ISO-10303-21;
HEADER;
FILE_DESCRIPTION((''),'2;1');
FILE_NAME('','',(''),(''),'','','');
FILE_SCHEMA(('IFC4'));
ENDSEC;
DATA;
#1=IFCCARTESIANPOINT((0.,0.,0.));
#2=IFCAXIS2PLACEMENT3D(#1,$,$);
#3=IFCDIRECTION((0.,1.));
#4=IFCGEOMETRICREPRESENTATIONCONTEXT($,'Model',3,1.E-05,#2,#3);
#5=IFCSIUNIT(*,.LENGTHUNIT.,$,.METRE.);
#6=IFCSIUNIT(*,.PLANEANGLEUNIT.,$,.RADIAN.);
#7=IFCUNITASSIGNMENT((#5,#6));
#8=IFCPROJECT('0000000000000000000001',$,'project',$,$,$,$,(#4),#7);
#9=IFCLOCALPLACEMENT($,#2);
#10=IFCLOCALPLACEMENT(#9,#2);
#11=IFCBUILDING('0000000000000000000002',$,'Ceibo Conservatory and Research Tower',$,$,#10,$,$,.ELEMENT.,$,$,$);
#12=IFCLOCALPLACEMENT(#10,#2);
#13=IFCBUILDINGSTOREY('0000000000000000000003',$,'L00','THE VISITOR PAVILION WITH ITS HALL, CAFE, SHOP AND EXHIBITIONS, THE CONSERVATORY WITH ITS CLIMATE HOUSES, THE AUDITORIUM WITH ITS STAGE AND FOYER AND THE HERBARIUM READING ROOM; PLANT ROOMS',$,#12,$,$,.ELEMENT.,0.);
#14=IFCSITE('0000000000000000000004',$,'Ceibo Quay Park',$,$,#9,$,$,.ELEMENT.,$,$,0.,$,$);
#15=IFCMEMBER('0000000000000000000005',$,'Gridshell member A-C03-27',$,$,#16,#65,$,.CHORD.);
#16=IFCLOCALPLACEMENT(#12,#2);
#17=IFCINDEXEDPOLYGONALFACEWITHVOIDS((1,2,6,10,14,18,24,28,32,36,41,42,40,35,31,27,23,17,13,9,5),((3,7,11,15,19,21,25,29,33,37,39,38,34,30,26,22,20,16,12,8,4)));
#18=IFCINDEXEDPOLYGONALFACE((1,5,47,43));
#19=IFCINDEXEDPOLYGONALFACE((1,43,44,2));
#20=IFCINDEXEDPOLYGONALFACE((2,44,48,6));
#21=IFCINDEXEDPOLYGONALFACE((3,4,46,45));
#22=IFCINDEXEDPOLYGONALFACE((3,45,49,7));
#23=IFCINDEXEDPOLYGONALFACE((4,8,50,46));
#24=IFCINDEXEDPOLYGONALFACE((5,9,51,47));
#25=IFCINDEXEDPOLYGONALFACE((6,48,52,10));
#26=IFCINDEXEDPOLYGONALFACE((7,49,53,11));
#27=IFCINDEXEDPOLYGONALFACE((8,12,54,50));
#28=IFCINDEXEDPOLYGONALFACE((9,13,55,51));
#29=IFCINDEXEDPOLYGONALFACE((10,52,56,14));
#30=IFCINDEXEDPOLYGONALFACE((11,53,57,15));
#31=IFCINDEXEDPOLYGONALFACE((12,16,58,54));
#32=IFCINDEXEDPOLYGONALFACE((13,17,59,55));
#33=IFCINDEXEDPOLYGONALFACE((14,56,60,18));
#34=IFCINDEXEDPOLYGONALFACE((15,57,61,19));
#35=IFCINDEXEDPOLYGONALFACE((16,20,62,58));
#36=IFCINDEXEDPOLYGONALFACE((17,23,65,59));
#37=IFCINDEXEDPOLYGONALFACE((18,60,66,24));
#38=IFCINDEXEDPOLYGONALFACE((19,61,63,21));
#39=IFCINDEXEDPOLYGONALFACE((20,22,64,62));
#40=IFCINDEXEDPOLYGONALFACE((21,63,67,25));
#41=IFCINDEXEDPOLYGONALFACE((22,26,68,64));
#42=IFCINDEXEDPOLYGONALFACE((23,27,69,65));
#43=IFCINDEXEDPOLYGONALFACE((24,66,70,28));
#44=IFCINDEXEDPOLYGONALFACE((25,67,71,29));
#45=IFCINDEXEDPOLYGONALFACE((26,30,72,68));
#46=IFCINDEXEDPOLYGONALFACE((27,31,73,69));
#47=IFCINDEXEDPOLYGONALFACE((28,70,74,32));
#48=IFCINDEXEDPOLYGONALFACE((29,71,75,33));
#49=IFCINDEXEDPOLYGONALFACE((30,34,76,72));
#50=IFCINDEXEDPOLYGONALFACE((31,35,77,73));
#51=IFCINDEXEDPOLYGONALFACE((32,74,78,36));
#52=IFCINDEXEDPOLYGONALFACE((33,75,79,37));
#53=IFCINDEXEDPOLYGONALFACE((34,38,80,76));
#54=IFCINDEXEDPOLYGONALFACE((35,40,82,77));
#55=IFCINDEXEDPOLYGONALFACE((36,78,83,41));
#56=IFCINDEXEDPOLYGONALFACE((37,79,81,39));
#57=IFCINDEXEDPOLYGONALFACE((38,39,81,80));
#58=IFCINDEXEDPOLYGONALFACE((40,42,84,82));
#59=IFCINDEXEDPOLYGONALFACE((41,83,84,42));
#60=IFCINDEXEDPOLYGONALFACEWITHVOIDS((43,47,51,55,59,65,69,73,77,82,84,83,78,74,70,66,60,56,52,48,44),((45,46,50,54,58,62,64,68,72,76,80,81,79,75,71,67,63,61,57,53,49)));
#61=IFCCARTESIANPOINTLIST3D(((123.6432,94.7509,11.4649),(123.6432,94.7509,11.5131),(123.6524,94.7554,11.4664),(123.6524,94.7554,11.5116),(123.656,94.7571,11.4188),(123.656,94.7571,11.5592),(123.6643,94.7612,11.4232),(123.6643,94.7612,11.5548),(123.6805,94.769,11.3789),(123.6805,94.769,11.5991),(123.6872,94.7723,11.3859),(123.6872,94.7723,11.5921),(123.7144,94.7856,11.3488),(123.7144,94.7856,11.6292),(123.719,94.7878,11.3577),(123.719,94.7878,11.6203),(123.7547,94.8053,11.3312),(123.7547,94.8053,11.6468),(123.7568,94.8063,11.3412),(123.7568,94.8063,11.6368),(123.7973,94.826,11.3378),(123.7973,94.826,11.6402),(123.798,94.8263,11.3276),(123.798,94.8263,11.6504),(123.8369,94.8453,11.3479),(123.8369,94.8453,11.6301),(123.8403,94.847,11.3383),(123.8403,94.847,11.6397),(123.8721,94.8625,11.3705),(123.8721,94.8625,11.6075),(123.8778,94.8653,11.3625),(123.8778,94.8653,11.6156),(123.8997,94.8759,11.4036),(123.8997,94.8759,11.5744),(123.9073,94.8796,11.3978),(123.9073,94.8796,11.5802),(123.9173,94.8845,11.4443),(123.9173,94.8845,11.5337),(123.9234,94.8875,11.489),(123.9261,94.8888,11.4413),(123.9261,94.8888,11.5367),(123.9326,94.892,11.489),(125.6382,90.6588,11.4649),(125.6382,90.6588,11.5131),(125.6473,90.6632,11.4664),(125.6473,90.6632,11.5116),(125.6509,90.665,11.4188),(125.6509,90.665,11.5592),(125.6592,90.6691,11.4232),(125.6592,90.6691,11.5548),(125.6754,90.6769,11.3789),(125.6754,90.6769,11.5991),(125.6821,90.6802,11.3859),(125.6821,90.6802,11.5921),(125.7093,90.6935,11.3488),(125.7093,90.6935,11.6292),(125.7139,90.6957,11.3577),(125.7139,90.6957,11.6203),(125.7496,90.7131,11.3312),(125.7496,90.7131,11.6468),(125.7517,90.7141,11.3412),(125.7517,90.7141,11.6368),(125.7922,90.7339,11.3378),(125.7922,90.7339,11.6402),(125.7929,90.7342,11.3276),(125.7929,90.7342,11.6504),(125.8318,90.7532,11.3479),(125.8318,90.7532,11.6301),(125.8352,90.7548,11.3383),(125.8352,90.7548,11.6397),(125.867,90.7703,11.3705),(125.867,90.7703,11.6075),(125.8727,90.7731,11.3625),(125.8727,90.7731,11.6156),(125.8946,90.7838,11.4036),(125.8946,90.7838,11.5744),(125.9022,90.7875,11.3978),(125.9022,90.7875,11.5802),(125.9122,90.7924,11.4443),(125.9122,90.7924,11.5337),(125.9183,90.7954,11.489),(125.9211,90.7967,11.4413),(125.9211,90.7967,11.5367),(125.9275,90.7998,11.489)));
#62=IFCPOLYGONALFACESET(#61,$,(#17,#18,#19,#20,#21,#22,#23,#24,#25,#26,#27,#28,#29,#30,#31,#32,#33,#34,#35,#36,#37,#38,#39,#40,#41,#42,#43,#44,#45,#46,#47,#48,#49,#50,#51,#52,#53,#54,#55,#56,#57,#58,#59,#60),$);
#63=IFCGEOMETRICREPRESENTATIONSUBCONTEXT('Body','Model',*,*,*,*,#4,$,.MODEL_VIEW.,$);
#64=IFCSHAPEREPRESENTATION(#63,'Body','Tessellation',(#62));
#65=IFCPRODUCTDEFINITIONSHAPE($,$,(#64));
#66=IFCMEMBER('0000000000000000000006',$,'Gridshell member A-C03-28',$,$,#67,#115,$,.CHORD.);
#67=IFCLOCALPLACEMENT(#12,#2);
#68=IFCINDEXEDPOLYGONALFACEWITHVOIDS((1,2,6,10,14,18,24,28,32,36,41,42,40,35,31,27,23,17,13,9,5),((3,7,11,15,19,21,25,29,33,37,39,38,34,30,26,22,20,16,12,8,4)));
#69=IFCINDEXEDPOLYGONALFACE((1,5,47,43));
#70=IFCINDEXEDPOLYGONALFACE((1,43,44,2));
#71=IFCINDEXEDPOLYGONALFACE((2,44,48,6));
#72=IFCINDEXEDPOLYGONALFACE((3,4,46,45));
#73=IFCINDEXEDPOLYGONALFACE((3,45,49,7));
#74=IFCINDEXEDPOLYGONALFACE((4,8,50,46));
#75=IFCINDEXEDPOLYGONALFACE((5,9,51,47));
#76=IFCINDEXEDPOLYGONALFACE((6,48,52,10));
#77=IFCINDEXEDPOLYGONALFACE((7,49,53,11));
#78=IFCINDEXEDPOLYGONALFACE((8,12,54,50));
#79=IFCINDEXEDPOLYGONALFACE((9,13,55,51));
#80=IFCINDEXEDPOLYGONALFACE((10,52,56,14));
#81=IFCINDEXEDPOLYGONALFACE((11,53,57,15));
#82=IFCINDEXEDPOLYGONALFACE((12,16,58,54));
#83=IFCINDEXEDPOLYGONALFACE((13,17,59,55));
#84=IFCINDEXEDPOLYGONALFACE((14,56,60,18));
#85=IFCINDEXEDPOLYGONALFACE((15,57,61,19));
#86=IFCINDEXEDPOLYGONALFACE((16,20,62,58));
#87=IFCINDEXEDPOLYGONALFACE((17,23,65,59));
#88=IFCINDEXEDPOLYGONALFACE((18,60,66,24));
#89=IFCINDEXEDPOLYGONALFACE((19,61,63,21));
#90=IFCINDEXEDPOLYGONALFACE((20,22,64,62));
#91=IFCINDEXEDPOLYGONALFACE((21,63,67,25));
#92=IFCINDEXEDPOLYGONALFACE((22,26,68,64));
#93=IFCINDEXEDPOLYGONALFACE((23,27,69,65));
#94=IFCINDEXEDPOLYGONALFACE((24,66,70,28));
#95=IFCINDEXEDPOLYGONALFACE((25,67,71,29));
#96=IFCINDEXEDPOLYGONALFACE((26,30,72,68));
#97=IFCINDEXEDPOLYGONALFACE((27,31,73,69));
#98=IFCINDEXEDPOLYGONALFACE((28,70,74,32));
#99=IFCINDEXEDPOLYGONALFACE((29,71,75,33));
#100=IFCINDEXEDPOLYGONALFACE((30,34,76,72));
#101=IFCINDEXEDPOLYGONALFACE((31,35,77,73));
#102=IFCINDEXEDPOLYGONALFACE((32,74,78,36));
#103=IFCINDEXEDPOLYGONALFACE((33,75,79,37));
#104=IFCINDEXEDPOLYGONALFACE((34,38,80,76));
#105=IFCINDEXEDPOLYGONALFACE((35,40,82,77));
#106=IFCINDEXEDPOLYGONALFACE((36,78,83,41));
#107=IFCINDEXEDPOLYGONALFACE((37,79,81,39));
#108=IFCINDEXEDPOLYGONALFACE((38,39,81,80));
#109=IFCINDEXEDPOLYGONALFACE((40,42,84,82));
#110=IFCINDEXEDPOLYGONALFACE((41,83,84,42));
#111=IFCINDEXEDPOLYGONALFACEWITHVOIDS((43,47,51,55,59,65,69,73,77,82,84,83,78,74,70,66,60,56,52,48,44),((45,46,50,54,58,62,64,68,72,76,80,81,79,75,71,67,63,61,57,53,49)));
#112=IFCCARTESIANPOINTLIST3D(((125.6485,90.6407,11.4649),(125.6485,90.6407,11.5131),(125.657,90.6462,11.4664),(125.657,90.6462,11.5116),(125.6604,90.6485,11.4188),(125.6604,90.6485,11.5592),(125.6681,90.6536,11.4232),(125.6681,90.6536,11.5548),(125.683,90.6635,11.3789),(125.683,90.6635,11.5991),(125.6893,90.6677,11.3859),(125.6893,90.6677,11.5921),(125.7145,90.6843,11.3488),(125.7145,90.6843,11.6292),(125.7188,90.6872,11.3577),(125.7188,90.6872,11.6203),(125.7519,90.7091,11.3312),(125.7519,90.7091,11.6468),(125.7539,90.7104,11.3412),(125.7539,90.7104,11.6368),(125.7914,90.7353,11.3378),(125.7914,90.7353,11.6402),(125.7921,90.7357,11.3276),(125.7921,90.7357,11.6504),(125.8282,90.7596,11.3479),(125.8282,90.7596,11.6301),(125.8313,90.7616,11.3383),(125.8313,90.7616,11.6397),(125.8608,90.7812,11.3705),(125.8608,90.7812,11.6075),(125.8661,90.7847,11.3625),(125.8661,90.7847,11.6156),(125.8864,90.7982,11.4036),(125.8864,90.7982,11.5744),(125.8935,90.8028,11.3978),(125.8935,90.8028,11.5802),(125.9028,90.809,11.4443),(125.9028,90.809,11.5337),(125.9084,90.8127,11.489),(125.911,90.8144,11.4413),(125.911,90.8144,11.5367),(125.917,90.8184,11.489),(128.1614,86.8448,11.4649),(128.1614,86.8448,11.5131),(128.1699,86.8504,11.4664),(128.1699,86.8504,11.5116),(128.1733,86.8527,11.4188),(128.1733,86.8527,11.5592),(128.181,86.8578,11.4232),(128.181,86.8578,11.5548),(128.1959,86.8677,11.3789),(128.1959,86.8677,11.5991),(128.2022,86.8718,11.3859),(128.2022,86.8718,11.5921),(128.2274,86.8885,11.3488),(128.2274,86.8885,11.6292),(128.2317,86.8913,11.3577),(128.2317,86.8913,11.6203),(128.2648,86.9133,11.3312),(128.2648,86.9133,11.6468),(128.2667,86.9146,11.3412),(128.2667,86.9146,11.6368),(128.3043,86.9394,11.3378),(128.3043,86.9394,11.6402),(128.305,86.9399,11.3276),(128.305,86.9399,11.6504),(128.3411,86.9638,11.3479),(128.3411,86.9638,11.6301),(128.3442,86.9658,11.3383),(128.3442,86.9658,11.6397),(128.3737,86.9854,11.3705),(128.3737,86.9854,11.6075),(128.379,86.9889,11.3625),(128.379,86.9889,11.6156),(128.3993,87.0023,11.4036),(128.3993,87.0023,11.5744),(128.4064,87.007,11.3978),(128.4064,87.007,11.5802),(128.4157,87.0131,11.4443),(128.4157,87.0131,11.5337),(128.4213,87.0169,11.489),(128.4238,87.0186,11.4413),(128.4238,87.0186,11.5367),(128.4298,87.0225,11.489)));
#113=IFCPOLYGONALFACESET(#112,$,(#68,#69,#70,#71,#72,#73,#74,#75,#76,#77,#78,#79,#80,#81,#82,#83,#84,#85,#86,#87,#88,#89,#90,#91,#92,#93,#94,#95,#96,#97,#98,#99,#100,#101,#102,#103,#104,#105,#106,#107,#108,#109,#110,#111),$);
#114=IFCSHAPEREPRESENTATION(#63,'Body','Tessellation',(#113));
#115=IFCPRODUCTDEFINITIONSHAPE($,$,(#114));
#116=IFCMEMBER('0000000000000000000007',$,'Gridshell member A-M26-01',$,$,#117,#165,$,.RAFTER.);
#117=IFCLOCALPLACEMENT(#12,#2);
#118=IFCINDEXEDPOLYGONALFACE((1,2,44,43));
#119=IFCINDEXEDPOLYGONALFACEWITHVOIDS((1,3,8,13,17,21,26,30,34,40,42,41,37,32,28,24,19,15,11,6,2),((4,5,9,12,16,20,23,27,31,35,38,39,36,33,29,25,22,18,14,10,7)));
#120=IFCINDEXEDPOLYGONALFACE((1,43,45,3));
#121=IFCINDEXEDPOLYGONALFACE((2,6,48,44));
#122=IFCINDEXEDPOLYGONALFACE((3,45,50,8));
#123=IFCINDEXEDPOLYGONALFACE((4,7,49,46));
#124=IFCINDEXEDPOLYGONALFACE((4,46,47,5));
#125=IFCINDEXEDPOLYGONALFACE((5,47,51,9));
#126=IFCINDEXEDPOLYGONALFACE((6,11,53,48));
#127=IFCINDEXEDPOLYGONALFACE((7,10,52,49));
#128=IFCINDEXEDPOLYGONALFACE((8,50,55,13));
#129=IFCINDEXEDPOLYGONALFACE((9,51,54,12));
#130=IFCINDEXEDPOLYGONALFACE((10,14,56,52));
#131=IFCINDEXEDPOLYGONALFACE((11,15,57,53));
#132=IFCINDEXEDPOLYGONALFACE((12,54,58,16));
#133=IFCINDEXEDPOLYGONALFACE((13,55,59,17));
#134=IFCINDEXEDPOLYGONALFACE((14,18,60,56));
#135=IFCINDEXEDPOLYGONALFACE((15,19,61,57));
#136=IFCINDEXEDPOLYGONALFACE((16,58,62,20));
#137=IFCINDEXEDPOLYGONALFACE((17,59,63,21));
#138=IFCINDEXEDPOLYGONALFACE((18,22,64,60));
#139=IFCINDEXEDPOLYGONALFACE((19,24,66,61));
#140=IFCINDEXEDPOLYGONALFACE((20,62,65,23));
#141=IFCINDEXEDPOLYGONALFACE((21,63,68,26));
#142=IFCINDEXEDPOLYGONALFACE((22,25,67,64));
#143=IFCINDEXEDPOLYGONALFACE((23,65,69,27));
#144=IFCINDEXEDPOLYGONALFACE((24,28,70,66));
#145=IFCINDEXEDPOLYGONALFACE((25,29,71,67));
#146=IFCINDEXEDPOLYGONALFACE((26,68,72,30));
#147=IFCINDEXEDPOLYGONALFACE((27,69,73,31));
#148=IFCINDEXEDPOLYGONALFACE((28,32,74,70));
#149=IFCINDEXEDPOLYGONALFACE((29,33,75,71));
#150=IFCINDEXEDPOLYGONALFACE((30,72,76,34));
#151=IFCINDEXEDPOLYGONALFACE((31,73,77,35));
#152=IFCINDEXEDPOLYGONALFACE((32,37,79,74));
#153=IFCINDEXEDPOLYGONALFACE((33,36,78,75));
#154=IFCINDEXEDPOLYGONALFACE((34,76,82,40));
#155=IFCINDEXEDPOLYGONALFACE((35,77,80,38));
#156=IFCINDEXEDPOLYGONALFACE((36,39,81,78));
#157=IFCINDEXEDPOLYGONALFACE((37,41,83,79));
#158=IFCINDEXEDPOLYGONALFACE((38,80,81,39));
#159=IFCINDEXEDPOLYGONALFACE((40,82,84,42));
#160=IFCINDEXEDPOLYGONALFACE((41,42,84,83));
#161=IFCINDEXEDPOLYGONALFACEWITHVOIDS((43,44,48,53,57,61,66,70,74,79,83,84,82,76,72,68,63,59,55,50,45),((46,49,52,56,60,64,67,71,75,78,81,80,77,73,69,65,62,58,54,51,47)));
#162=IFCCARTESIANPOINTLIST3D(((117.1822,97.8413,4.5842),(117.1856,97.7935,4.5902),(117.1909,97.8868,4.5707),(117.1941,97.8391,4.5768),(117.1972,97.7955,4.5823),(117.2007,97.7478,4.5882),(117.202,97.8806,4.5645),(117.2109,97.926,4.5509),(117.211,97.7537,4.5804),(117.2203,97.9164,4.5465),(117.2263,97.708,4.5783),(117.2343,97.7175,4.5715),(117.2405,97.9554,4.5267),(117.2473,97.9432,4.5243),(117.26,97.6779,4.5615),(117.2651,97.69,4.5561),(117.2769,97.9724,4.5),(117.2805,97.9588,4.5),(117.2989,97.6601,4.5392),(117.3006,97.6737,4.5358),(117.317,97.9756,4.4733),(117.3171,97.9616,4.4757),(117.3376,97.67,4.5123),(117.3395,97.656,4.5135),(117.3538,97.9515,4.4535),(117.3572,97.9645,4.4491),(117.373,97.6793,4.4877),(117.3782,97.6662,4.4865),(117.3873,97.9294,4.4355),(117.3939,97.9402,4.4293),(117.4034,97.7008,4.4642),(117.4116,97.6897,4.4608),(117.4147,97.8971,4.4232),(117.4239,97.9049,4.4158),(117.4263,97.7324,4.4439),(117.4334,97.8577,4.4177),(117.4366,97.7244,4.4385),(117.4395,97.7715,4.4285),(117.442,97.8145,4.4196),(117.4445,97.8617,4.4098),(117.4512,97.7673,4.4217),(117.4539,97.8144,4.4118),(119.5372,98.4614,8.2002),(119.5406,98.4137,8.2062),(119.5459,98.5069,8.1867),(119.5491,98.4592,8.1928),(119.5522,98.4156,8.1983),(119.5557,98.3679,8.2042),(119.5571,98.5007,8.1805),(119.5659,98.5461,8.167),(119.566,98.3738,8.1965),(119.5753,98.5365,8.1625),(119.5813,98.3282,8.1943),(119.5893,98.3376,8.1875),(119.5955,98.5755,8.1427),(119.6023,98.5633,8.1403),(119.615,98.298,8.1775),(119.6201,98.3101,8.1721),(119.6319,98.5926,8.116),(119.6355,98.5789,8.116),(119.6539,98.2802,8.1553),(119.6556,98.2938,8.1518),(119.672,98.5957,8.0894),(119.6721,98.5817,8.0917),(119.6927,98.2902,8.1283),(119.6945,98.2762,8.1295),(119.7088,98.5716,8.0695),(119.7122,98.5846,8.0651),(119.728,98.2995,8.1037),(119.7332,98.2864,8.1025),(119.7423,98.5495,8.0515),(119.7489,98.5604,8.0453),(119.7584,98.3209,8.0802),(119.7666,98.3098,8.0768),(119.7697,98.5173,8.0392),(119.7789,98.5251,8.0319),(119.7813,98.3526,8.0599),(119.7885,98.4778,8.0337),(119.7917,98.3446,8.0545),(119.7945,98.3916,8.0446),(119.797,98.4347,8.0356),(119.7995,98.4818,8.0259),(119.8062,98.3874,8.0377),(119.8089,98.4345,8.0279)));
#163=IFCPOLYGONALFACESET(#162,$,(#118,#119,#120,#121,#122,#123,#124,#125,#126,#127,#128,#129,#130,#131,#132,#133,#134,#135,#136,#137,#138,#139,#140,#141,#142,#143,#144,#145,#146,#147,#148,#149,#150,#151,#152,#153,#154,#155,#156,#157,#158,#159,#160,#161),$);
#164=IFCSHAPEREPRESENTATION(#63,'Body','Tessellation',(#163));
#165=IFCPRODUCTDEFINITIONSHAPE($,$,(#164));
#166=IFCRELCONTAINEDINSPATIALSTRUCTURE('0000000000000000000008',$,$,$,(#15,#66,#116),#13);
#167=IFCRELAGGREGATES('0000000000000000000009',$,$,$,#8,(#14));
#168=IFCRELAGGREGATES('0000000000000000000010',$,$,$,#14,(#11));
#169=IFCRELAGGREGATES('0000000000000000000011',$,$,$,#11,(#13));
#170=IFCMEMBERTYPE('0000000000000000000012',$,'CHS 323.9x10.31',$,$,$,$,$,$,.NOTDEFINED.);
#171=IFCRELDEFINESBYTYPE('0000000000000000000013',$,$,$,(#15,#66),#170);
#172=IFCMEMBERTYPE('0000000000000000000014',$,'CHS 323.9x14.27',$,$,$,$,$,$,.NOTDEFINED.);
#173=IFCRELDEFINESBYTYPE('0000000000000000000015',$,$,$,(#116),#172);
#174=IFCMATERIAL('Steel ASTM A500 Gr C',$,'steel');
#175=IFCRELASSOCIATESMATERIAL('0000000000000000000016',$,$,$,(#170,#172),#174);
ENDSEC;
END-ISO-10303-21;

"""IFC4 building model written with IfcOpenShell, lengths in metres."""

from ifc_helpers import new_model, si_unit, direction, frame, origin, origin_2d, place, context, subcontext, project, spatial, hollow_circle, extrude, material, material_profile, profile_set, type_object, element, save


model = new_model("IFC4")

# Units and contexts
model_context = context("Model", 3, precision=1e-05, world=origin(), true_north=direction((0.0, 1.0)))
body_context = subcontext(model_context, "Body", "Model", "MODEL_VIEW")
ifc_project = project(units=[si_unit("LENGTHUNIT", "METRE"), si_unit("PLANEANGLEUNIT", "RADIAN")], contexts=[model_context])

# Site, building, storey
site_placement = place(None, origin())
site = spatial("IfcSite", under=ifc_project, at=site_placement, Name="Ceibo Quay Park", CompositionType="ELEMENT", RefElevation=0.0)
building_placement = place(site_placement, origin())
building = spatial("IfcBuilding", under=site, at=building_placement, Name="Ceibo Conservatory and Research Tower", CompositionType="ELEMENT")
storey_placement = place(building_placement, origin())
storey = spatial("IfcBuildingStorey", under=building, at=storey_placement, Name="L00", Description="THE VISITOR PAVILION WITH ITS HALL, CAFE, SHOP AND EXHIBITIONS, THE CONSERVATORY WITH ITS CLIMATE HOUSES, THE AUDITORIUM WITH ITS STAGE AND FOYER AND THE HERBARIUM READING ROOM; PLANT ROOMS", CompositionType="ELEMENT", Elevation=0.0)

# Members
ifc_material_1 = material(Name="Steel ASTM A500 Gr C", Category="steel")
ifc_material_profile_1 = material_profile(ifc_material_1, hollow_circle(Radius=0.1619, WallThickness=0.0103, at=origin_2d()), Name="CHS 323.9x10.31")
ifc_profile_set_1 = profile_set([ifc_material_profile_1], Name="Steel ASTM A500 Gr C")
member_type_1 = type_object("IfcMemberType", Name="CHS 323.9x10.31", PredefinedType="NOTDEFINED", material=ifc_profile_set_1)
member_1_placement = place(storey_placement, frame((123.7871, 94.821, 11.489), z_axis=(0.438203, -0.898876, 0.0), x_axis=(0.898876, 0.438203, 0.0)))
element("IfcMember", 1, at=member_1_placement, inside=storey, type_object=member_type_1, Name="Gridshell member A-C03-27", PredefinedType="CHORD", context=body_context, shape_type="SweptSolid", body=[
    extrude(hollow_circle(Radius=0.1619, WallThickness=0.0103, at=origin_2d()), origin(), (0.0, 0.0, 1.0), 4.5525),
])
member_2_placement = place(storey_placement, frame((125.782, 90.729, 11.489), z_axis=(0.552012, -0.833836, 0.0), x_axis=(0.833836, 0.552012, 0.0)))
element("IfcMember", 2, at=member_2_placement, inside=storey, type_object=member_type_1, Name="Gridshell member A-C03-28", PredefinedType="CHORD", context=body_context, shape_type="SweptSolid", body=[
    extrude(hollow_circle(Radius=0.1619, WallThickness=0.0103, at=origin_2d()), origin(), (0.0, 0.0, 1.0), 4.5522),
])
ifc_material_profile_2 = material_profile(ifc_material_1, hollow_circle(Radius=0.1619, WallThickness=0.0142, at=origin_2d()), Name="CHS 323.9x14.27")
ifc_profile_set_2 = profile_set([ifc_material_profile_2], Name="Steel ASTM A500 Gr C")
member_type_2 = type_object("IfcMemberType", Name="CHS 323.9x14.27", PredefinedType="NOTDEFINED", material=ifc_profile_set_2)
member_3_placement = place(storey_placement, frame((117.3181, 97.8159, 4.5), z_axis=(0.540189, 0.142243, 0.829435), x_axis=(-0.254641, 0.967036, 0.0)))
element("IfcMember", 3, at=member_3_placement, inside=storey, type_object=member_type_2, Name="Gridshell member A-M26-01", PredefinedType="RAFTER", context=body_context, shape_type="SweptSolid", body=[
    extrude(hollow_circle(Radius=0.1619, WallThickness=0.0142, at=origin_2d()), origin(), (0.0, 0.0, 1.0), 4.3596),
])

save(model, "model.ifc")
